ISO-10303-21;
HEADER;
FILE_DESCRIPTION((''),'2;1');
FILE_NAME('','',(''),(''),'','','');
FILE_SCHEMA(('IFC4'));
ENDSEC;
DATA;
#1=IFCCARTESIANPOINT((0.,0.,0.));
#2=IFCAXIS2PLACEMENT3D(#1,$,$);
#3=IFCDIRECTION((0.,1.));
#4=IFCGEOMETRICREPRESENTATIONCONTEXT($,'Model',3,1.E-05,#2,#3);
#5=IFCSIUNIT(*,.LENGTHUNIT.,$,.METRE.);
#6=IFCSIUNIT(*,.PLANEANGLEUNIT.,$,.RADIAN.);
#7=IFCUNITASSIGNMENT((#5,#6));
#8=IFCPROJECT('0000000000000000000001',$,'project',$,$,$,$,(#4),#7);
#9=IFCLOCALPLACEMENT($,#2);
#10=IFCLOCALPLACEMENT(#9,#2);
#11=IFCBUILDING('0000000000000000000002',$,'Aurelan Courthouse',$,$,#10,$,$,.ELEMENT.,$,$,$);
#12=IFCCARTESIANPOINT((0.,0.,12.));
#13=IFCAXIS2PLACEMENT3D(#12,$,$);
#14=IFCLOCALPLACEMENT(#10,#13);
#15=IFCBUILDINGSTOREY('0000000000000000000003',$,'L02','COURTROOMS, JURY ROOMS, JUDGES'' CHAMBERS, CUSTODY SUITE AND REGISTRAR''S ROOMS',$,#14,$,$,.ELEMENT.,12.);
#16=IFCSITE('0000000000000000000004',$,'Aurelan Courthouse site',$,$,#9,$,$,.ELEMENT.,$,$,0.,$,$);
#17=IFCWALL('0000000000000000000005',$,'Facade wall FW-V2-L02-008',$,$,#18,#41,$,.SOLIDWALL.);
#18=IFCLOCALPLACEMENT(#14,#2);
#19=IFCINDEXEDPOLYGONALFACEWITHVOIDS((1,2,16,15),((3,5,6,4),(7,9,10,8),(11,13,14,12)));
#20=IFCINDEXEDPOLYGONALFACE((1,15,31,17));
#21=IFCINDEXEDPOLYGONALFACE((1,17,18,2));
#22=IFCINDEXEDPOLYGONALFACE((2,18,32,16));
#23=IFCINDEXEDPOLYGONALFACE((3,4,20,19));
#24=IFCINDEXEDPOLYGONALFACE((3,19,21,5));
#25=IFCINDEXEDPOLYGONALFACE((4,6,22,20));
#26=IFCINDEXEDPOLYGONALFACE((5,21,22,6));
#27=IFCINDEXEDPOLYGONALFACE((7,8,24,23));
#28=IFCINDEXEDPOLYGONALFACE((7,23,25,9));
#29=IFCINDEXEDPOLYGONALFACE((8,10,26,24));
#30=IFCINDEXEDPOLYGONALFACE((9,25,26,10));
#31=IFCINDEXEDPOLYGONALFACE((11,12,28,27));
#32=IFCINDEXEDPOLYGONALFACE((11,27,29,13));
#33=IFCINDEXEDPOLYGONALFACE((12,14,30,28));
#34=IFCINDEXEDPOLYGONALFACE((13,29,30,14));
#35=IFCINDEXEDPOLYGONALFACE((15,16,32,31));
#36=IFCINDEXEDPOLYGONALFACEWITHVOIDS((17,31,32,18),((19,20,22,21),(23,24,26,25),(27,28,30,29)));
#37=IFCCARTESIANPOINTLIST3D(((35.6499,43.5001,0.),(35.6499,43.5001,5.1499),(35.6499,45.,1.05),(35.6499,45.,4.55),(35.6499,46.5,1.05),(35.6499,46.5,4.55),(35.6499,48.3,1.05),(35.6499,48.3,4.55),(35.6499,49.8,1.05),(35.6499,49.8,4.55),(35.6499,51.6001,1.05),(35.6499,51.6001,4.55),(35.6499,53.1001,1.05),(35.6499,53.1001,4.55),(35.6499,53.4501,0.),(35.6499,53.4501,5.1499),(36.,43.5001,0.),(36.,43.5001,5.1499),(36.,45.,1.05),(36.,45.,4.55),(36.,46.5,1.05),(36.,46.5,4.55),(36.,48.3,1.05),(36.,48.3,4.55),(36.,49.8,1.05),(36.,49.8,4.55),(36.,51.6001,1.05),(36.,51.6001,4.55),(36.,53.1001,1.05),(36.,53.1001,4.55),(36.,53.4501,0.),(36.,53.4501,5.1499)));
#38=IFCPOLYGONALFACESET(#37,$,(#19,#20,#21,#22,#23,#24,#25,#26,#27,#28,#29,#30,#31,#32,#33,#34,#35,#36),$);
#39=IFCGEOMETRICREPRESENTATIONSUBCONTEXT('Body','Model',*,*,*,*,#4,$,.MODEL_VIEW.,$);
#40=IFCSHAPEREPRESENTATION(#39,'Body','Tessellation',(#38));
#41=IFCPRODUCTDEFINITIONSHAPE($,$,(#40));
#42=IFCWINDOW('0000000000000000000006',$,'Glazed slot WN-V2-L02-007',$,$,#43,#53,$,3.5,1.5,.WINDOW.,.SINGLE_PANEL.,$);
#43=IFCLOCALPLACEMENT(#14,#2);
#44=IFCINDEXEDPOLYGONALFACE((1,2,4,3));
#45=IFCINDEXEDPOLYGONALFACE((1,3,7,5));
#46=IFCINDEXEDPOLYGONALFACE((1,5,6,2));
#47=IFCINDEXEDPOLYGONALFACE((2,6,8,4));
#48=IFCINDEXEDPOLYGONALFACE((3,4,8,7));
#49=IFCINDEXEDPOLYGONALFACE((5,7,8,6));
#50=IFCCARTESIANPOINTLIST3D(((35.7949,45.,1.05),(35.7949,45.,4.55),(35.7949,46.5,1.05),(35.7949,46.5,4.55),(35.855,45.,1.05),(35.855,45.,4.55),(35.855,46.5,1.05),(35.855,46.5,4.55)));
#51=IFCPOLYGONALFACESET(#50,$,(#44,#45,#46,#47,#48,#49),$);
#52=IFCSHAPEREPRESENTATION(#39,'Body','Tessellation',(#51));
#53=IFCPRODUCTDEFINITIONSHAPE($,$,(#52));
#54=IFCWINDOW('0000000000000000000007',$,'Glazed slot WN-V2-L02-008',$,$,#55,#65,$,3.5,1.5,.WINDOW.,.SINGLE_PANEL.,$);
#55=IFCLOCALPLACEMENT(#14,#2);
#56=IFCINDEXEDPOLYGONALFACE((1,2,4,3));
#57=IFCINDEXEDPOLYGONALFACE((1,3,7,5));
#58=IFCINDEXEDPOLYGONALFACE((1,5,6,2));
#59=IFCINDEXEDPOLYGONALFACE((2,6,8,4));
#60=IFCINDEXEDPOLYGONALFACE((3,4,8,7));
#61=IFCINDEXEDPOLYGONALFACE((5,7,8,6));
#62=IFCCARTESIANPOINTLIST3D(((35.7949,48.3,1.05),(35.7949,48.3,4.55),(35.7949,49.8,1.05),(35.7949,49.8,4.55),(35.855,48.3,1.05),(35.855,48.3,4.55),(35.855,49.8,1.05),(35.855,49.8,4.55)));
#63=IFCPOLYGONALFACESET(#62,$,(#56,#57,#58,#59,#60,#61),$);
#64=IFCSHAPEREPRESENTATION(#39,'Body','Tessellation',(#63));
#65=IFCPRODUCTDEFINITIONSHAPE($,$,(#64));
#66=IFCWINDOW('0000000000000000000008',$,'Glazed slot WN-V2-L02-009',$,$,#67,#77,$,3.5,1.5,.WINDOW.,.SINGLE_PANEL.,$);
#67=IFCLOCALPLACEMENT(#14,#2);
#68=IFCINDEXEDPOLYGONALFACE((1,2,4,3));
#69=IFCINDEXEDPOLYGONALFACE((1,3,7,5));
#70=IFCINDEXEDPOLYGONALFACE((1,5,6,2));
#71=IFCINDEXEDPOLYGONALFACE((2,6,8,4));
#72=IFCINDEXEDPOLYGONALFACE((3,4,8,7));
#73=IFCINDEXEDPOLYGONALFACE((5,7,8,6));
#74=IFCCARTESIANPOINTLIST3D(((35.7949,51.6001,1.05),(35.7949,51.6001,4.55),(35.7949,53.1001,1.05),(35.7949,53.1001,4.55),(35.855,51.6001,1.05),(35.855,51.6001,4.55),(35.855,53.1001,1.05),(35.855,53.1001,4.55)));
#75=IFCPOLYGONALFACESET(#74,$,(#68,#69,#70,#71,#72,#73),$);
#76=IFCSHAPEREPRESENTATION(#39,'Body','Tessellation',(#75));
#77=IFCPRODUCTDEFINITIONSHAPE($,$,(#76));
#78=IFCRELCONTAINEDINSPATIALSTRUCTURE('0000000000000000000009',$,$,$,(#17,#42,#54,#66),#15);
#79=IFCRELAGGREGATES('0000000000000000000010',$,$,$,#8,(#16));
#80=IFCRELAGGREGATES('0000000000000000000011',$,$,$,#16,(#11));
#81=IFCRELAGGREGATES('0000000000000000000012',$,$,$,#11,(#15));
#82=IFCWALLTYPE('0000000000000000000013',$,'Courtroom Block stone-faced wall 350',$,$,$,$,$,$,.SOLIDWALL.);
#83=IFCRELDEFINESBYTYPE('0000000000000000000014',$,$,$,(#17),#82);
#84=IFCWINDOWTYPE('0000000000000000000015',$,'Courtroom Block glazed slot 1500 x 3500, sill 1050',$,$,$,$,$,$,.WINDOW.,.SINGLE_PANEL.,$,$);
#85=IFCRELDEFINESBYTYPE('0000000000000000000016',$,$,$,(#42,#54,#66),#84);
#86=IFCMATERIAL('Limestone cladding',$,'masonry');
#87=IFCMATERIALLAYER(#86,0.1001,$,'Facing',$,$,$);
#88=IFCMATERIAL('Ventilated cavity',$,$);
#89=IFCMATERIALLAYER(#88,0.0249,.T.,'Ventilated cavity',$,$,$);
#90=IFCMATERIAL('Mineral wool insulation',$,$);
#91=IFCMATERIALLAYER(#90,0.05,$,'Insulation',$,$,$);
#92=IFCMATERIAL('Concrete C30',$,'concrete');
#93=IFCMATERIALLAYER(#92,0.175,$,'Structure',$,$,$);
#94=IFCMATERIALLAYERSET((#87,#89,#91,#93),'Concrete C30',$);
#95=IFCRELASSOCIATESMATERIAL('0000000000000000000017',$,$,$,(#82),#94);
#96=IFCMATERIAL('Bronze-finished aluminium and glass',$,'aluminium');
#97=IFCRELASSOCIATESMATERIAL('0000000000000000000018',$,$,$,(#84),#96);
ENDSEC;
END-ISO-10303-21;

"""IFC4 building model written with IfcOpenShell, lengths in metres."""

from ifc_helpers import new_model, si_unit, direction, frame, frame_2d, origin, place, context, subcontext, project, spatial, rectangle, extrude, material, layer, layer_set, type_object, element, fill, save


model = new_model("IFC4")

# Units and contexts
model_context = context("Model", 3, precision=1e-05, world=origin(), true_north=direction((0.0, 1.0)))
body_context = subcontext(model_context, "Body", "Model", "MODEL_VIEW")
ifc_project = project(units=[si_unit("LENGTHUNIT", "METRE"), si_unit("PLANEANGLEUNIT", "RADIAN")], contexts=[model_context])

# Site, building, storey
site_placement = place(None, origin())
site = spatial("IfcSite", under=ifc_project, at=site_placement, Name="Aurelan Courthouse site", CompositionType="ELEMENT", RefElevation=0.0)
building_placement = place(site_placement, origin())
building = spatial("IfcBuilding", under=site, at=building_placement, Name="Aurelan Courthouse", CompositionType="ELEMENT")
storey_placement = place(building_placement, frame((0.0, 0.0, 12.0)))
storey = spatial("IfcBuildingStorey", under=building, at=storey_placement, Name="L02", Description="COURTROOMS, JURY ROOMS, JUDGES' CHAMBERS, CUSTODY SUITE AND REGISTRAR'S ROOMS", CompositionType="ELEMENT", Elevation=12.0)

# Wall, openings, windows
ifc_material_1 = material(Name="Limestone cladding", Category="masonry")
ifc_layer_1 = layer(ifc_material_1, 0.1001, Name="Facing")
ifc_material_2 = material(Name="Ventilated cavity")
ifc_layer_2 = layer(ifc_material_2, 0.0249, ventilated=True, Name="Ventilated cavity")
ifc_material_3 = material(Name="Mineral wool insulation")
ifc_layer_3 = layer(ifc_material_3, 0.05, Name="Insulation")
ifc_material_4 = material(Name="Concrete C30", Category="concrete")
ifc_layer_4 = layer(ifc_material_4, 0.175, Name="Structure")
ifc_layer_set_1 = layer_set([ifc_layer_1, ifc_layer_2, ifc_layer_3, ifc_layer_4], Name="Concrete C30")
wall_type_1 = type_object("IfcWallType", Name="Courtroom Block stone-faced wall 350", PredefinedType="SOLIDWALL", material=ifc_layer_set_1)
ifc_material_5 = material(Name="Bronze-finished aluminium and glass", Category="aluminium")
window_type_1 = type_object("IfcWindowType", Name="Courtroom Block glazed slot 1500 x 3500, sill 1050", PartitioningType="SINGLE_PANEL", PredefinedType="WINDOW", material=ifc_material_5)
wall_1_placement = place(storey_placement, frame((35.825, 43.5, 0.0), z_axis=(0.0, 0.0, 1.0), x_axis=(0.0, 1.0, 0.0)))
wall_1 = element("IfcWall", 1, at=wall_1_placement, inside=storey, type_object=wall_type_1, Name="Facade wall FW-V2-L02-008", PredefinedType="SOLIDWALL", context=body_context, shape_type="SweptSolid", body=[
    extrude(rectangle(XDim=9.95, YDim=0.3501, at=frame_2d((4.9751, 0.0))), origin(), (0.0, 0.0, 1.0), 5.1499),
])
opening_1_placement = place(wall_1_placement, frame((1.5, 0.0, 1.05)))
opening_1 = element("IfcOpeningElement", 2, at=opening_1_placement, cuts=wall_1, PredefinedType="OPENING", context=body_context, shape_type="SweptSolid", body=[
    extrude(rectangle(XDim=1.5, YDim=3.5, at=frame_2d((0.75, 1.75))), frame((0.0, 0.1851, 0.0), z_axis=(0.0, -1.0, 0.0), x_axis=(1.0, 0.0, 0.0)), (0.0, 0.0, 1.0), 0.3701),
])
opening_2_placement = place(wall_1_placement, frame((4.8, 0.0, 1.05)))
opening_2 = element("IfcOpeningElement", 3, at=opening_2_placement, cuts=wall_1, PredefinedType="OPENING", context=body_context, shape_type="SweptSolid", body=[
    extrude(rectangle(XDim=1.5, YDim=3.5, at=frame_2d((0.75, 1.75))), frame((0.0, 0.1851, 0.0), z_axis=(0.0, -1.0, 0.0), x_axis=(1.0, 0.0, 0.0)), (0.0, 0.0, 1.0), 0.3701),
])
opening_3_placement = place(wall_1_placement, frame((8.1001, 0.0, 1.05)))
opening_3 = element("IfcOpeningElement", 4, at=opening_3_placement, cuts=wall_1, PredefinedType="OPENING", context=body_context, shape_type="SweptSolid", body=[
    extrude(rectangle(XDim=1.5, YDim=3.5, at=frame_2d((0.75, 1.75))), frame((0.0, 0.1851, 0.0), z_axis=(0.0, -1.0, 0.0), x_axis=(1.0, 0.0, 0.0)), (0.0, 0.0, 1.0), 0.3701),
])
window_1_placement = place(opening_1_placement, origin())
window_1 = element("IfcWindow", 5, at=window_1_placement, inside=storey, type_object=window_type_1, Name="Glazed slot WN-V2-L02-007", OverallHeight=3.5, OverallWidth=1.5, PartitioningType="SINGLE_PANEL", PredefinedType="WINDOW", context=body_context, shape_type="SweptSolid", body=[
    extrude(rectangle(XDim=1.5, YDim=3.5, at=frame_2d((0.75, 1.75))), frame((0.0, 0.03, 0.0), z_axis=(0.0, -1.0, 0.0), x_axis=(1.0, 0.0, 0.0)), (0.0, 0.0, 1.0), 0.0601),
])
fill(opening_1, window_1)
window_2_placement = place(opening_2_placement, origin())
window_2 = element("IfcWindow", 6, at=window_2_placement, inside=storey, type_object=window_type_1, Name="Glazed slot WN-V2-L02-008", OverallHeight=3.5, OverallWidth=1.5, PartitioningType="SINGLE_PANEL", PredefinedType="WINDOW", context=body_context, shape_type="SweptSolid", body=[
    extrude(rectangle(XDim=1.5, YDim=3.5, at=frame_2d((0.75, 1.75))), frame((0.0, 0.03, 0.0), z_axis=(0.0, -1.0, 0.0), x_axis=(1.0, 0.0, 0.0)), (0.0, 0.0, 1.0), 0.0601),
])
fill(opening_2, window_2)
window_3_placement = place(opening_3_placement, origin())
window_3 = element("IfcWindow", 7, at=window_3_placement, inside=storey, type_object=window_type_1, Name="Glazed slot WN-V2-L02-009", OverallHeight=3.5, OverallWidth=1.5, PartitioningType="SINGLE_PANEL", PredefinedType="WINDOW", context=body_context, shape_type="SweptSolid", body=[
    extrude(rectangle(XDim=1.5, YDim=3.5, at=frame_2d((0.75, 1.75))), frame((0.0, 0.03, 0.0), z_axis=(0.0, -1.0, 0.0), x_axis=(1.0, 0.0, 0.0)), (0.0, 0.0, 1.0), 0.0601),
])
fill(opening_3, window_3)

save(model, "model.ifc")
